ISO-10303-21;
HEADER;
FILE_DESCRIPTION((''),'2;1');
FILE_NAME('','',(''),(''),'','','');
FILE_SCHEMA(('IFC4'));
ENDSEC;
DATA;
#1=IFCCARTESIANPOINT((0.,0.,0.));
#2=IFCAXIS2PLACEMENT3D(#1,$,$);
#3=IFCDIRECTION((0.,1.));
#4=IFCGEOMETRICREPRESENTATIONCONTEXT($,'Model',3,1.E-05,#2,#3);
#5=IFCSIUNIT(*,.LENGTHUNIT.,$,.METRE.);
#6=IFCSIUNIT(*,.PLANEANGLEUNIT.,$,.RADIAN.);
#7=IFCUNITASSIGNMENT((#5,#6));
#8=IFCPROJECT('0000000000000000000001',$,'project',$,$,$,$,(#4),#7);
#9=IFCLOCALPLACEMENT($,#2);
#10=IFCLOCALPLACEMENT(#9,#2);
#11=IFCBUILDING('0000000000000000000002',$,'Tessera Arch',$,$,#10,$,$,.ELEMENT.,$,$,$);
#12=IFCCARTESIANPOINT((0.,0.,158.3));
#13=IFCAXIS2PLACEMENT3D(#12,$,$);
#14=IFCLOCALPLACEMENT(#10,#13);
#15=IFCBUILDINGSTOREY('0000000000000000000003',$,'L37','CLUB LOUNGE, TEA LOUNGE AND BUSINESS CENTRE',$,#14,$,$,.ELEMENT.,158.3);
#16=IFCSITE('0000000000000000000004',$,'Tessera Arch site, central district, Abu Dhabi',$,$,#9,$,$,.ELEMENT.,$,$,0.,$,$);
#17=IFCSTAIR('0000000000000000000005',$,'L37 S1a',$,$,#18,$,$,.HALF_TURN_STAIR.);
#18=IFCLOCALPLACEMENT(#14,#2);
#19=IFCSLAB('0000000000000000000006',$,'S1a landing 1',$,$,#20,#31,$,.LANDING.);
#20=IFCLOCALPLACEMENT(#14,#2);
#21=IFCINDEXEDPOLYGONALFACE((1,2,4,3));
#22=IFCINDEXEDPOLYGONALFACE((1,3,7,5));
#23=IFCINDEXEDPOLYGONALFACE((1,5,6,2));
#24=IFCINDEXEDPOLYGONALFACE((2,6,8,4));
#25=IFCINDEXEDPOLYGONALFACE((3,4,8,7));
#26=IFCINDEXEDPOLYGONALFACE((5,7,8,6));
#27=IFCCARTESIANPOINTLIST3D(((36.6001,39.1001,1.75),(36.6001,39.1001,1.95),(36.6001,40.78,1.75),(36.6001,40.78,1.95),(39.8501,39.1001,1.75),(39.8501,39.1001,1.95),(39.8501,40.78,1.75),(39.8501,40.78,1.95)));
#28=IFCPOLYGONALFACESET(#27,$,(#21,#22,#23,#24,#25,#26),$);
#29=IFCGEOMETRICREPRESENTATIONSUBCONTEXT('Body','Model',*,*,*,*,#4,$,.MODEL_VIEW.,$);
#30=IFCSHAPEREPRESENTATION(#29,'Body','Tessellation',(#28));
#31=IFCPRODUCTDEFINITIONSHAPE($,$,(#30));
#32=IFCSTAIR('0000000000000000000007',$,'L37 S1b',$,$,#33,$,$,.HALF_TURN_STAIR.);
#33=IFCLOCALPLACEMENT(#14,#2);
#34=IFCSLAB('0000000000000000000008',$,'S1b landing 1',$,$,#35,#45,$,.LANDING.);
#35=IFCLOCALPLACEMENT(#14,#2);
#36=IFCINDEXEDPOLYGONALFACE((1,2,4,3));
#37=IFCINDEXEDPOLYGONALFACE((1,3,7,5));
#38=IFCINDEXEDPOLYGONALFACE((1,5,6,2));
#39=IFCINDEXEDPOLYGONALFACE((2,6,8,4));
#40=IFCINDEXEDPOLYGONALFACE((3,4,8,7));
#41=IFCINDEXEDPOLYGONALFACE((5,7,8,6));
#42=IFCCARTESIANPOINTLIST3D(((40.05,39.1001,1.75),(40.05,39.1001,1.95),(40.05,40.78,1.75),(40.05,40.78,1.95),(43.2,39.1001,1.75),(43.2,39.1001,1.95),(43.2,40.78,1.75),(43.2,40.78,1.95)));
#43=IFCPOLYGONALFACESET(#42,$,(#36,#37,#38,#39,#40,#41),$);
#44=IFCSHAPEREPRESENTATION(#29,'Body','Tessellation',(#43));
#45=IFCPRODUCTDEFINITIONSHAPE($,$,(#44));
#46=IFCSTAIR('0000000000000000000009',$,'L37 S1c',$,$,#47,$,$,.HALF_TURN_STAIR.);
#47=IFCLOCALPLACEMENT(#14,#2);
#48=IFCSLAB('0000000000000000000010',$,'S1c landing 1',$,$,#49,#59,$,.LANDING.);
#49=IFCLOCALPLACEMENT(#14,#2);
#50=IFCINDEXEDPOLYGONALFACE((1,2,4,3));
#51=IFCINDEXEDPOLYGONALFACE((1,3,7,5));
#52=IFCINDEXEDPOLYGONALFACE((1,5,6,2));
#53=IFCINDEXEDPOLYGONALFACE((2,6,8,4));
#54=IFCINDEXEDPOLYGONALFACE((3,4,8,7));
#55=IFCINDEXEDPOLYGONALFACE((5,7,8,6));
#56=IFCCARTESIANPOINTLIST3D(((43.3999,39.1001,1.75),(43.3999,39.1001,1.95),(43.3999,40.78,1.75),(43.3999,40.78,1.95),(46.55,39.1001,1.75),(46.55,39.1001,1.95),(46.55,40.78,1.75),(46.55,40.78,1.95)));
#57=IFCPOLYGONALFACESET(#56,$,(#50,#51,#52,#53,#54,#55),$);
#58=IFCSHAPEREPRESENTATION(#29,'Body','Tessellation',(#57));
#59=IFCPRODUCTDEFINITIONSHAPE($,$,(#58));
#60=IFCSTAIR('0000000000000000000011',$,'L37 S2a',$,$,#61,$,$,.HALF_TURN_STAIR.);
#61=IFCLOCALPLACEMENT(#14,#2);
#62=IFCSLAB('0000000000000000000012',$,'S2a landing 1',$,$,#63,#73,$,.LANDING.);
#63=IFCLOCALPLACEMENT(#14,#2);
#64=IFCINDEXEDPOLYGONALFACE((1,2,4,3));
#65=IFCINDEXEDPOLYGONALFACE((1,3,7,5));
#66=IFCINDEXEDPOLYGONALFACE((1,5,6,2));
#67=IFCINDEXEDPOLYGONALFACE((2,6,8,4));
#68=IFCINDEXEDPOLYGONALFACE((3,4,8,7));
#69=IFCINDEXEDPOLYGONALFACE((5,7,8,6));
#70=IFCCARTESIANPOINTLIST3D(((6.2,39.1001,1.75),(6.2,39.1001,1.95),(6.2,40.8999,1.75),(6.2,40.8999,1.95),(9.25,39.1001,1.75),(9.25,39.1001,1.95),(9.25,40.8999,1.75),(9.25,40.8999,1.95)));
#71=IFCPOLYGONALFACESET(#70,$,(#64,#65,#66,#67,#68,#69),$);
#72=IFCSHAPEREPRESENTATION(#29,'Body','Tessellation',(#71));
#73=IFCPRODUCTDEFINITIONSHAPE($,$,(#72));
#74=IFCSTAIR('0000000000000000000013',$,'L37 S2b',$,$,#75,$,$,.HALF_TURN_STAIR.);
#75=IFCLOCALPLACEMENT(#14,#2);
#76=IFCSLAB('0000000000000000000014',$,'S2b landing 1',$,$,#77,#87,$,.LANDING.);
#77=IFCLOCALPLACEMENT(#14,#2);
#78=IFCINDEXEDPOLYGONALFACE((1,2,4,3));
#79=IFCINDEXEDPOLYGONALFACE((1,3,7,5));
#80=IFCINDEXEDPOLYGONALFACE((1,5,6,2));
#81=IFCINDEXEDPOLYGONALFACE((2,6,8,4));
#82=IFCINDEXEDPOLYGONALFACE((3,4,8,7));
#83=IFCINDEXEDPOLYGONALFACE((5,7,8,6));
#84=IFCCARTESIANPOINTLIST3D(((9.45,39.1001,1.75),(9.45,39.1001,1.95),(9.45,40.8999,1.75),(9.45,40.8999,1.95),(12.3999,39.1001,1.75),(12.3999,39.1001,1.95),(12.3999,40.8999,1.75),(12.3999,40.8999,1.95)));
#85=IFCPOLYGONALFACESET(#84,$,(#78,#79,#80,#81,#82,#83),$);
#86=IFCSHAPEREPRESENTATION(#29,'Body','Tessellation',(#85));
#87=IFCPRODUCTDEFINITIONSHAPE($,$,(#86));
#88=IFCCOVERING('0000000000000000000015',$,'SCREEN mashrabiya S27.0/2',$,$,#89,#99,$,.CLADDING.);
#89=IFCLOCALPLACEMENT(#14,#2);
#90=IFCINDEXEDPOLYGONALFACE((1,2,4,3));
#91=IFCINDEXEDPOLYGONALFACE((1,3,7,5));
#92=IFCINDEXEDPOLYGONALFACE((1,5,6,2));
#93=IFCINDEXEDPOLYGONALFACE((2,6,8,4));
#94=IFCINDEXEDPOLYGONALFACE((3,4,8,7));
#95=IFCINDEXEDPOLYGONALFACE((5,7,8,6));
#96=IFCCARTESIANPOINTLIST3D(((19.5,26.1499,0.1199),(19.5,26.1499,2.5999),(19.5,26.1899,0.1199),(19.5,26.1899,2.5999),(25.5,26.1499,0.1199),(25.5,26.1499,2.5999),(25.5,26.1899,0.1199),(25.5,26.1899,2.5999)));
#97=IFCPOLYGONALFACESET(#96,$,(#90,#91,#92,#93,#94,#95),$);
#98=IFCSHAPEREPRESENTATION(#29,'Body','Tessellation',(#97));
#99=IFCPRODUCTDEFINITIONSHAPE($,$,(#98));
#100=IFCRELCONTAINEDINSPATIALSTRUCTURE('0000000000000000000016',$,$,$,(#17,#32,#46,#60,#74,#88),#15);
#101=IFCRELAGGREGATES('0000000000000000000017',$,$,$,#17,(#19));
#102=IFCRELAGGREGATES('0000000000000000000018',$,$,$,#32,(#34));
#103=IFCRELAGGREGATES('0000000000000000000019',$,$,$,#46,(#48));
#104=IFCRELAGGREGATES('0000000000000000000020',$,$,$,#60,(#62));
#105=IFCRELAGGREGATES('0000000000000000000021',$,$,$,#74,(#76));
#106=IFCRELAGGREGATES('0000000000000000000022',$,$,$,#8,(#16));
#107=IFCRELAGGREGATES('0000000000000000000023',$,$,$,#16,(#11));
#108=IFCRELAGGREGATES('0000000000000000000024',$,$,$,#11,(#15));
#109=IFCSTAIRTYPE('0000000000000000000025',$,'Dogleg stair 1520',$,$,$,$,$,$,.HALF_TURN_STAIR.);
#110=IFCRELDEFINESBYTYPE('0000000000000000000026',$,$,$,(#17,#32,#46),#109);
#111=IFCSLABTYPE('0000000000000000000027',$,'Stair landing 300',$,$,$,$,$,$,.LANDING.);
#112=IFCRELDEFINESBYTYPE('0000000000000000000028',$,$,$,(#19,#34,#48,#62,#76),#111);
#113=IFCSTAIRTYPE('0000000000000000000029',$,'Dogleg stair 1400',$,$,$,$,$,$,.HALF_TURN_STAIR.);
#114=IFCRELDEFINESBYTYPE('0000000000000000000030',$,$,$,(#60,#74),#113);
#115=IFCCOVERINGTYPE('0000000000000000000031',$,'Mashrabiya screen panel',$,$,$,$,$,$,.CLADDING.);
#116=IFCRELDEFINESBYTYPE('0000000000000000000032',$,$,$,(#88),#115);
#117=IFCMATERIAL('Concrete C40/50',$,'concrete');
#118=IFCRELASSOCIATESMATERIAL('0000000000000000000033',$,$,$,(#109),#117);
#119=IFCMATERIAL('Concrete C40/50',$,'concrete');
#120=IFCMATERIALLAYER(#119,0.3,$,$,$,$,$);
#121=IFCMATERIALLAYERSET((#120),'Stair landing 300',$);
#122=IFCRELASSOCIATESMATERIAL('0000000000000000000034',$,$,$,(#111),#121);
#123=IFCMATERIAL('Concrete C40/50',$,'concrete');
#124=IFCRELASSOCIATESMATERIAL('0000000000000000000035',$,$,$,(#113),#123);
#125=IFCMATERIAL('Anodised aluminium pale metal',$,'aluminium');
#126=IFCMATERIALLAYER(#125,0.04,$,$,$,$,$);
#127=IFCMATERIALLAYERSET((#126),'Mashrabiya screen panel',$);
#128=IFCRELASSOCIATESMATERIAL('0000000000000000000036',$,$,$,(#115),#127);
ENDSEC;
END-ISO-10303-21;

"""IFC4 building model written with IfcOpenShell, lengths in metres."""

from ifc_helpers import new_model, si_unit, direction, frame, origin, origin_2d, place, context, subcontext, project, spatial, polyline, rectangle, outline, extrude, material, layer, layer_set, type_object, element, aggregate, save


model = new_model("IFC4")

# Units and contexts
model_context = context("Model", 3, precision=1e-05, world=origin(), true_north=direction((0.0, 1.0)))
body_context = subcontext(model_context, "Body", "Model", "MODEL_VIEW")
ifc_project = project(units=[si_unit("LENGTHUNIT", "METRE"), si_unit("PLANEANGLEUNIT", "RADIAN")], contexts=[model_context])

# Site, building, storey
site_placement = place(None, origin())
site = spatial("IfcSite", under=ifc_project, at=site_placement, Name="Tessera Arch site, central district, Abu Dhabi", CompositionType="ELEMENT", RefElevation=0.0)
building_placement = place(site_placement, origin())
building = spatial("IfcBuilding", under=site, at=building_placement, Name="Tessera Arch", CompositionType="ELEMENT")
storey_placement = place(building_placement, frame((0.0, 0.0, 158.3)))
storey = spatial("IfcBuildingStorey", under=building, at=storey_placement, Name="L37", Description="CLUB LOUNGE, TEA LOUNGE AND BUSINESS CENTRE", CompositionType="ELEMENT", Elevation=158.3)

# Stairs, slabs
ifc_material_1 = material(Name="Concrete C40/50", Category="concrete")
stair_type_1 = type_object("IfcStairType", Name="Dogleg stair 1520", PredefinedType="HALF_TURN_STAIR", material=ifc_material_1)
stair_1_placement = place(storey_placement, origin())
stair_1 = element("IfcStair", 1, at=stair_1_placement, inside=storey, type_object=stair_type_1, Name="L37 S1a", PredefinedType="HALF_TURN_STAIR")
ifc_material_2 = material(Name="Concrete C40/50", Category="concrete")
ifc_layer_1 = layer(ifc_material_2, 0.3)
ifc_layer_set_1 = layer_set([ifc_layer_1], Name="Stair landing 300")
slab_type_1 = type_object("IfcSlabType", Name="Stair landing 300", PredefinedType="LANDING", material=ifc_layer_set_1)
slab_1_placement = place(storey_placement, frame((0.0, 0.0, 1.75)))
slab_1 = element("IfcSlab", 2, at=slab_1_placement, type_object=slab_type_1, Name="S1a landing 1", PredefinedType="LANDING", context=body_context, shape_type="SweptSolid", body=[
    extrude(outline(polyline([(36.6001, 40.78), (36.6001, 39.1001), (39.8501, 39.1001), (39.8501, 40.78), (36.6001, 40.78)])), origin(), (0.0, 0.0, 1.0), 0.2),
])
aggregate(stair_1, [slab_1])
stair_2_placement = place(storey_placement, origin())
stair_2 = element("IfcStair", 3, at=stair_2_placement, inside=storey, type_object=stair_type_1, Name="L37 S1b", PredefinedType="HALF_TURN_STAIR")
slab_2_placement = place(storey_placement, frame((0.0, 0.0, 1.75)))
slab_2 = element("IfcSlab", 4, at=slab_2_placement, type_object=slab_type_1, Name="S1b landing 1", PredefinedType="LANDING", context=body_context, shape_type="SweptSolid", body=[
    extrude(outline(polyline([(40.05, 40.78), (40.05, 39.1001), (43.2, 39.1001), (43.2, 40.78), (40.05, 40.78)])), origin(), (0.0, 0.0, 1.0), 0.2),
])
aggregate(stair_2, [slab_2])
stair_3_placement = place(storey_placement, origin())
stair_3 = element("IfcStair", 5, at=stair_3_placement, inside=storey, type_object=stair_type_1, Name="L37 S1c", PredefinedType="HALF_TURN_STAIR")
slab_3_placement = place(storey_placement, frame((0.0, 0.0, 1.75)))
slab_3 = element("IfcSlab", 6, at=slab_3_placement, type_object=slab_type_1, Name="S1c landing 1", PredefinedType="LANDING", context=body_context, shape_type="SweptSolid", body=[
    extrude(outline(polyline([(43.3999, 40.78), (43.3999, 39.1001), (46.55, 39.1001), (46.55, 40.78), (43.3999, 40.78)])), origin(), (0.0, 0.0, 1.0), 0.2),
])
aggregate(stair_3, [slab_3])
ifc_material_3 = material(Name="Concrete C40/50", Category="concrete")
stair_type_2 = type_object("IfcStairType", Name="Dogleg stair 1400", PredefinedType="HALF_TURN_STAIR", material=ifc_material_3)
stair_4_placement = place(storey_placement, origin())
stair_4 = element("IfcStair", 7, at=stair_4_placement, inside=storey, type_object=stair_type_2, Name="L37 S2a", PredefinedType="HALF_TURN_STAIR")
slab_4_placement = place(storey_placement, frame((0.0, 0.0, 1.75)))
slab_4 = element("IfcSlab", 8, at=slab_4_placement, type_object=slab_type_1, Name="S2a landing 1", PredefinedType="LANDING", context=body_context, shape_type="SweptSolid", body=[
    extrude(outline(polyline([(6.2, 40.8999), (6.2, 39.1001), (9.25, 39.1001), (9.25, 40.8999), (6.2, 40.8999)])), origin(), (0.0, 0.0, 1.0), 0.2),
])
aggregate(stair_4, [slab_4])
stair_5_placement = place(storey_placement, origin())
stair_5 = element("IfcStair", 9, at=stair_5_placement, inside=storey, type_object=stair_type_2, Name="L37 S2b", PredefinedType="HALF_TURN_STAIR")
slab_5_placement = place(storey_placement, frame((0.0, 0.0, 1.75)))
slab_5 = element("IfcSlab", 10, at=slab_5_placement, type_object=slab_type_1, Name="S2b landing 1", PredefinedType="LANDING", context=body_context, shape_type="SweptSolid", body=[
    extrude(outline(polyline([(9.45, 40.8999), (9.45, 39.1001), (12.3999, 39.1001), (12.3999, 40.8999), (9.45, 40.8999)])), origin(), (0.0, 0.0, 1.0), 0.2),
])
aggregate(stair_5, [slab_5])

# Covering
ifc_material_4 = material(Name="Anodised aluminium pale metal", Category="aluminium")
ifc_layer_2 = layer(ifc_material_4, 0.04)
ifc_layer_set_2 = layer_set([ifc_layer_2], Name="Mashrabiya screen panel")
covering_type = type_object("IfcCoveringType", Name="Mashrabiya screen panel", PredefinedType="CLADDING", material=ifc_layer_set_2)
covering_placement = place(storey_placement, frame((22.5, 26.1699, 0.1199), z_axis=(0.0, 0.0, 1.0), x_axis=(1.0, 0.0, 0.0)))
element("IfcCovering", 11, at=covering_placement, inside=storey, type_object=covering_type, Name="SCREEN mashrabiya S27.0/2", PredefinedType="CLADDING", context=body_context, shape_type="SweptSolid", body=[
    extrude(rectangle(XDim=6.0, YDim=0.04, at=origin_2d()), origin(), (0.0, 0.0, 1.0), 2.48),
])

save(model, "model.ifc")
